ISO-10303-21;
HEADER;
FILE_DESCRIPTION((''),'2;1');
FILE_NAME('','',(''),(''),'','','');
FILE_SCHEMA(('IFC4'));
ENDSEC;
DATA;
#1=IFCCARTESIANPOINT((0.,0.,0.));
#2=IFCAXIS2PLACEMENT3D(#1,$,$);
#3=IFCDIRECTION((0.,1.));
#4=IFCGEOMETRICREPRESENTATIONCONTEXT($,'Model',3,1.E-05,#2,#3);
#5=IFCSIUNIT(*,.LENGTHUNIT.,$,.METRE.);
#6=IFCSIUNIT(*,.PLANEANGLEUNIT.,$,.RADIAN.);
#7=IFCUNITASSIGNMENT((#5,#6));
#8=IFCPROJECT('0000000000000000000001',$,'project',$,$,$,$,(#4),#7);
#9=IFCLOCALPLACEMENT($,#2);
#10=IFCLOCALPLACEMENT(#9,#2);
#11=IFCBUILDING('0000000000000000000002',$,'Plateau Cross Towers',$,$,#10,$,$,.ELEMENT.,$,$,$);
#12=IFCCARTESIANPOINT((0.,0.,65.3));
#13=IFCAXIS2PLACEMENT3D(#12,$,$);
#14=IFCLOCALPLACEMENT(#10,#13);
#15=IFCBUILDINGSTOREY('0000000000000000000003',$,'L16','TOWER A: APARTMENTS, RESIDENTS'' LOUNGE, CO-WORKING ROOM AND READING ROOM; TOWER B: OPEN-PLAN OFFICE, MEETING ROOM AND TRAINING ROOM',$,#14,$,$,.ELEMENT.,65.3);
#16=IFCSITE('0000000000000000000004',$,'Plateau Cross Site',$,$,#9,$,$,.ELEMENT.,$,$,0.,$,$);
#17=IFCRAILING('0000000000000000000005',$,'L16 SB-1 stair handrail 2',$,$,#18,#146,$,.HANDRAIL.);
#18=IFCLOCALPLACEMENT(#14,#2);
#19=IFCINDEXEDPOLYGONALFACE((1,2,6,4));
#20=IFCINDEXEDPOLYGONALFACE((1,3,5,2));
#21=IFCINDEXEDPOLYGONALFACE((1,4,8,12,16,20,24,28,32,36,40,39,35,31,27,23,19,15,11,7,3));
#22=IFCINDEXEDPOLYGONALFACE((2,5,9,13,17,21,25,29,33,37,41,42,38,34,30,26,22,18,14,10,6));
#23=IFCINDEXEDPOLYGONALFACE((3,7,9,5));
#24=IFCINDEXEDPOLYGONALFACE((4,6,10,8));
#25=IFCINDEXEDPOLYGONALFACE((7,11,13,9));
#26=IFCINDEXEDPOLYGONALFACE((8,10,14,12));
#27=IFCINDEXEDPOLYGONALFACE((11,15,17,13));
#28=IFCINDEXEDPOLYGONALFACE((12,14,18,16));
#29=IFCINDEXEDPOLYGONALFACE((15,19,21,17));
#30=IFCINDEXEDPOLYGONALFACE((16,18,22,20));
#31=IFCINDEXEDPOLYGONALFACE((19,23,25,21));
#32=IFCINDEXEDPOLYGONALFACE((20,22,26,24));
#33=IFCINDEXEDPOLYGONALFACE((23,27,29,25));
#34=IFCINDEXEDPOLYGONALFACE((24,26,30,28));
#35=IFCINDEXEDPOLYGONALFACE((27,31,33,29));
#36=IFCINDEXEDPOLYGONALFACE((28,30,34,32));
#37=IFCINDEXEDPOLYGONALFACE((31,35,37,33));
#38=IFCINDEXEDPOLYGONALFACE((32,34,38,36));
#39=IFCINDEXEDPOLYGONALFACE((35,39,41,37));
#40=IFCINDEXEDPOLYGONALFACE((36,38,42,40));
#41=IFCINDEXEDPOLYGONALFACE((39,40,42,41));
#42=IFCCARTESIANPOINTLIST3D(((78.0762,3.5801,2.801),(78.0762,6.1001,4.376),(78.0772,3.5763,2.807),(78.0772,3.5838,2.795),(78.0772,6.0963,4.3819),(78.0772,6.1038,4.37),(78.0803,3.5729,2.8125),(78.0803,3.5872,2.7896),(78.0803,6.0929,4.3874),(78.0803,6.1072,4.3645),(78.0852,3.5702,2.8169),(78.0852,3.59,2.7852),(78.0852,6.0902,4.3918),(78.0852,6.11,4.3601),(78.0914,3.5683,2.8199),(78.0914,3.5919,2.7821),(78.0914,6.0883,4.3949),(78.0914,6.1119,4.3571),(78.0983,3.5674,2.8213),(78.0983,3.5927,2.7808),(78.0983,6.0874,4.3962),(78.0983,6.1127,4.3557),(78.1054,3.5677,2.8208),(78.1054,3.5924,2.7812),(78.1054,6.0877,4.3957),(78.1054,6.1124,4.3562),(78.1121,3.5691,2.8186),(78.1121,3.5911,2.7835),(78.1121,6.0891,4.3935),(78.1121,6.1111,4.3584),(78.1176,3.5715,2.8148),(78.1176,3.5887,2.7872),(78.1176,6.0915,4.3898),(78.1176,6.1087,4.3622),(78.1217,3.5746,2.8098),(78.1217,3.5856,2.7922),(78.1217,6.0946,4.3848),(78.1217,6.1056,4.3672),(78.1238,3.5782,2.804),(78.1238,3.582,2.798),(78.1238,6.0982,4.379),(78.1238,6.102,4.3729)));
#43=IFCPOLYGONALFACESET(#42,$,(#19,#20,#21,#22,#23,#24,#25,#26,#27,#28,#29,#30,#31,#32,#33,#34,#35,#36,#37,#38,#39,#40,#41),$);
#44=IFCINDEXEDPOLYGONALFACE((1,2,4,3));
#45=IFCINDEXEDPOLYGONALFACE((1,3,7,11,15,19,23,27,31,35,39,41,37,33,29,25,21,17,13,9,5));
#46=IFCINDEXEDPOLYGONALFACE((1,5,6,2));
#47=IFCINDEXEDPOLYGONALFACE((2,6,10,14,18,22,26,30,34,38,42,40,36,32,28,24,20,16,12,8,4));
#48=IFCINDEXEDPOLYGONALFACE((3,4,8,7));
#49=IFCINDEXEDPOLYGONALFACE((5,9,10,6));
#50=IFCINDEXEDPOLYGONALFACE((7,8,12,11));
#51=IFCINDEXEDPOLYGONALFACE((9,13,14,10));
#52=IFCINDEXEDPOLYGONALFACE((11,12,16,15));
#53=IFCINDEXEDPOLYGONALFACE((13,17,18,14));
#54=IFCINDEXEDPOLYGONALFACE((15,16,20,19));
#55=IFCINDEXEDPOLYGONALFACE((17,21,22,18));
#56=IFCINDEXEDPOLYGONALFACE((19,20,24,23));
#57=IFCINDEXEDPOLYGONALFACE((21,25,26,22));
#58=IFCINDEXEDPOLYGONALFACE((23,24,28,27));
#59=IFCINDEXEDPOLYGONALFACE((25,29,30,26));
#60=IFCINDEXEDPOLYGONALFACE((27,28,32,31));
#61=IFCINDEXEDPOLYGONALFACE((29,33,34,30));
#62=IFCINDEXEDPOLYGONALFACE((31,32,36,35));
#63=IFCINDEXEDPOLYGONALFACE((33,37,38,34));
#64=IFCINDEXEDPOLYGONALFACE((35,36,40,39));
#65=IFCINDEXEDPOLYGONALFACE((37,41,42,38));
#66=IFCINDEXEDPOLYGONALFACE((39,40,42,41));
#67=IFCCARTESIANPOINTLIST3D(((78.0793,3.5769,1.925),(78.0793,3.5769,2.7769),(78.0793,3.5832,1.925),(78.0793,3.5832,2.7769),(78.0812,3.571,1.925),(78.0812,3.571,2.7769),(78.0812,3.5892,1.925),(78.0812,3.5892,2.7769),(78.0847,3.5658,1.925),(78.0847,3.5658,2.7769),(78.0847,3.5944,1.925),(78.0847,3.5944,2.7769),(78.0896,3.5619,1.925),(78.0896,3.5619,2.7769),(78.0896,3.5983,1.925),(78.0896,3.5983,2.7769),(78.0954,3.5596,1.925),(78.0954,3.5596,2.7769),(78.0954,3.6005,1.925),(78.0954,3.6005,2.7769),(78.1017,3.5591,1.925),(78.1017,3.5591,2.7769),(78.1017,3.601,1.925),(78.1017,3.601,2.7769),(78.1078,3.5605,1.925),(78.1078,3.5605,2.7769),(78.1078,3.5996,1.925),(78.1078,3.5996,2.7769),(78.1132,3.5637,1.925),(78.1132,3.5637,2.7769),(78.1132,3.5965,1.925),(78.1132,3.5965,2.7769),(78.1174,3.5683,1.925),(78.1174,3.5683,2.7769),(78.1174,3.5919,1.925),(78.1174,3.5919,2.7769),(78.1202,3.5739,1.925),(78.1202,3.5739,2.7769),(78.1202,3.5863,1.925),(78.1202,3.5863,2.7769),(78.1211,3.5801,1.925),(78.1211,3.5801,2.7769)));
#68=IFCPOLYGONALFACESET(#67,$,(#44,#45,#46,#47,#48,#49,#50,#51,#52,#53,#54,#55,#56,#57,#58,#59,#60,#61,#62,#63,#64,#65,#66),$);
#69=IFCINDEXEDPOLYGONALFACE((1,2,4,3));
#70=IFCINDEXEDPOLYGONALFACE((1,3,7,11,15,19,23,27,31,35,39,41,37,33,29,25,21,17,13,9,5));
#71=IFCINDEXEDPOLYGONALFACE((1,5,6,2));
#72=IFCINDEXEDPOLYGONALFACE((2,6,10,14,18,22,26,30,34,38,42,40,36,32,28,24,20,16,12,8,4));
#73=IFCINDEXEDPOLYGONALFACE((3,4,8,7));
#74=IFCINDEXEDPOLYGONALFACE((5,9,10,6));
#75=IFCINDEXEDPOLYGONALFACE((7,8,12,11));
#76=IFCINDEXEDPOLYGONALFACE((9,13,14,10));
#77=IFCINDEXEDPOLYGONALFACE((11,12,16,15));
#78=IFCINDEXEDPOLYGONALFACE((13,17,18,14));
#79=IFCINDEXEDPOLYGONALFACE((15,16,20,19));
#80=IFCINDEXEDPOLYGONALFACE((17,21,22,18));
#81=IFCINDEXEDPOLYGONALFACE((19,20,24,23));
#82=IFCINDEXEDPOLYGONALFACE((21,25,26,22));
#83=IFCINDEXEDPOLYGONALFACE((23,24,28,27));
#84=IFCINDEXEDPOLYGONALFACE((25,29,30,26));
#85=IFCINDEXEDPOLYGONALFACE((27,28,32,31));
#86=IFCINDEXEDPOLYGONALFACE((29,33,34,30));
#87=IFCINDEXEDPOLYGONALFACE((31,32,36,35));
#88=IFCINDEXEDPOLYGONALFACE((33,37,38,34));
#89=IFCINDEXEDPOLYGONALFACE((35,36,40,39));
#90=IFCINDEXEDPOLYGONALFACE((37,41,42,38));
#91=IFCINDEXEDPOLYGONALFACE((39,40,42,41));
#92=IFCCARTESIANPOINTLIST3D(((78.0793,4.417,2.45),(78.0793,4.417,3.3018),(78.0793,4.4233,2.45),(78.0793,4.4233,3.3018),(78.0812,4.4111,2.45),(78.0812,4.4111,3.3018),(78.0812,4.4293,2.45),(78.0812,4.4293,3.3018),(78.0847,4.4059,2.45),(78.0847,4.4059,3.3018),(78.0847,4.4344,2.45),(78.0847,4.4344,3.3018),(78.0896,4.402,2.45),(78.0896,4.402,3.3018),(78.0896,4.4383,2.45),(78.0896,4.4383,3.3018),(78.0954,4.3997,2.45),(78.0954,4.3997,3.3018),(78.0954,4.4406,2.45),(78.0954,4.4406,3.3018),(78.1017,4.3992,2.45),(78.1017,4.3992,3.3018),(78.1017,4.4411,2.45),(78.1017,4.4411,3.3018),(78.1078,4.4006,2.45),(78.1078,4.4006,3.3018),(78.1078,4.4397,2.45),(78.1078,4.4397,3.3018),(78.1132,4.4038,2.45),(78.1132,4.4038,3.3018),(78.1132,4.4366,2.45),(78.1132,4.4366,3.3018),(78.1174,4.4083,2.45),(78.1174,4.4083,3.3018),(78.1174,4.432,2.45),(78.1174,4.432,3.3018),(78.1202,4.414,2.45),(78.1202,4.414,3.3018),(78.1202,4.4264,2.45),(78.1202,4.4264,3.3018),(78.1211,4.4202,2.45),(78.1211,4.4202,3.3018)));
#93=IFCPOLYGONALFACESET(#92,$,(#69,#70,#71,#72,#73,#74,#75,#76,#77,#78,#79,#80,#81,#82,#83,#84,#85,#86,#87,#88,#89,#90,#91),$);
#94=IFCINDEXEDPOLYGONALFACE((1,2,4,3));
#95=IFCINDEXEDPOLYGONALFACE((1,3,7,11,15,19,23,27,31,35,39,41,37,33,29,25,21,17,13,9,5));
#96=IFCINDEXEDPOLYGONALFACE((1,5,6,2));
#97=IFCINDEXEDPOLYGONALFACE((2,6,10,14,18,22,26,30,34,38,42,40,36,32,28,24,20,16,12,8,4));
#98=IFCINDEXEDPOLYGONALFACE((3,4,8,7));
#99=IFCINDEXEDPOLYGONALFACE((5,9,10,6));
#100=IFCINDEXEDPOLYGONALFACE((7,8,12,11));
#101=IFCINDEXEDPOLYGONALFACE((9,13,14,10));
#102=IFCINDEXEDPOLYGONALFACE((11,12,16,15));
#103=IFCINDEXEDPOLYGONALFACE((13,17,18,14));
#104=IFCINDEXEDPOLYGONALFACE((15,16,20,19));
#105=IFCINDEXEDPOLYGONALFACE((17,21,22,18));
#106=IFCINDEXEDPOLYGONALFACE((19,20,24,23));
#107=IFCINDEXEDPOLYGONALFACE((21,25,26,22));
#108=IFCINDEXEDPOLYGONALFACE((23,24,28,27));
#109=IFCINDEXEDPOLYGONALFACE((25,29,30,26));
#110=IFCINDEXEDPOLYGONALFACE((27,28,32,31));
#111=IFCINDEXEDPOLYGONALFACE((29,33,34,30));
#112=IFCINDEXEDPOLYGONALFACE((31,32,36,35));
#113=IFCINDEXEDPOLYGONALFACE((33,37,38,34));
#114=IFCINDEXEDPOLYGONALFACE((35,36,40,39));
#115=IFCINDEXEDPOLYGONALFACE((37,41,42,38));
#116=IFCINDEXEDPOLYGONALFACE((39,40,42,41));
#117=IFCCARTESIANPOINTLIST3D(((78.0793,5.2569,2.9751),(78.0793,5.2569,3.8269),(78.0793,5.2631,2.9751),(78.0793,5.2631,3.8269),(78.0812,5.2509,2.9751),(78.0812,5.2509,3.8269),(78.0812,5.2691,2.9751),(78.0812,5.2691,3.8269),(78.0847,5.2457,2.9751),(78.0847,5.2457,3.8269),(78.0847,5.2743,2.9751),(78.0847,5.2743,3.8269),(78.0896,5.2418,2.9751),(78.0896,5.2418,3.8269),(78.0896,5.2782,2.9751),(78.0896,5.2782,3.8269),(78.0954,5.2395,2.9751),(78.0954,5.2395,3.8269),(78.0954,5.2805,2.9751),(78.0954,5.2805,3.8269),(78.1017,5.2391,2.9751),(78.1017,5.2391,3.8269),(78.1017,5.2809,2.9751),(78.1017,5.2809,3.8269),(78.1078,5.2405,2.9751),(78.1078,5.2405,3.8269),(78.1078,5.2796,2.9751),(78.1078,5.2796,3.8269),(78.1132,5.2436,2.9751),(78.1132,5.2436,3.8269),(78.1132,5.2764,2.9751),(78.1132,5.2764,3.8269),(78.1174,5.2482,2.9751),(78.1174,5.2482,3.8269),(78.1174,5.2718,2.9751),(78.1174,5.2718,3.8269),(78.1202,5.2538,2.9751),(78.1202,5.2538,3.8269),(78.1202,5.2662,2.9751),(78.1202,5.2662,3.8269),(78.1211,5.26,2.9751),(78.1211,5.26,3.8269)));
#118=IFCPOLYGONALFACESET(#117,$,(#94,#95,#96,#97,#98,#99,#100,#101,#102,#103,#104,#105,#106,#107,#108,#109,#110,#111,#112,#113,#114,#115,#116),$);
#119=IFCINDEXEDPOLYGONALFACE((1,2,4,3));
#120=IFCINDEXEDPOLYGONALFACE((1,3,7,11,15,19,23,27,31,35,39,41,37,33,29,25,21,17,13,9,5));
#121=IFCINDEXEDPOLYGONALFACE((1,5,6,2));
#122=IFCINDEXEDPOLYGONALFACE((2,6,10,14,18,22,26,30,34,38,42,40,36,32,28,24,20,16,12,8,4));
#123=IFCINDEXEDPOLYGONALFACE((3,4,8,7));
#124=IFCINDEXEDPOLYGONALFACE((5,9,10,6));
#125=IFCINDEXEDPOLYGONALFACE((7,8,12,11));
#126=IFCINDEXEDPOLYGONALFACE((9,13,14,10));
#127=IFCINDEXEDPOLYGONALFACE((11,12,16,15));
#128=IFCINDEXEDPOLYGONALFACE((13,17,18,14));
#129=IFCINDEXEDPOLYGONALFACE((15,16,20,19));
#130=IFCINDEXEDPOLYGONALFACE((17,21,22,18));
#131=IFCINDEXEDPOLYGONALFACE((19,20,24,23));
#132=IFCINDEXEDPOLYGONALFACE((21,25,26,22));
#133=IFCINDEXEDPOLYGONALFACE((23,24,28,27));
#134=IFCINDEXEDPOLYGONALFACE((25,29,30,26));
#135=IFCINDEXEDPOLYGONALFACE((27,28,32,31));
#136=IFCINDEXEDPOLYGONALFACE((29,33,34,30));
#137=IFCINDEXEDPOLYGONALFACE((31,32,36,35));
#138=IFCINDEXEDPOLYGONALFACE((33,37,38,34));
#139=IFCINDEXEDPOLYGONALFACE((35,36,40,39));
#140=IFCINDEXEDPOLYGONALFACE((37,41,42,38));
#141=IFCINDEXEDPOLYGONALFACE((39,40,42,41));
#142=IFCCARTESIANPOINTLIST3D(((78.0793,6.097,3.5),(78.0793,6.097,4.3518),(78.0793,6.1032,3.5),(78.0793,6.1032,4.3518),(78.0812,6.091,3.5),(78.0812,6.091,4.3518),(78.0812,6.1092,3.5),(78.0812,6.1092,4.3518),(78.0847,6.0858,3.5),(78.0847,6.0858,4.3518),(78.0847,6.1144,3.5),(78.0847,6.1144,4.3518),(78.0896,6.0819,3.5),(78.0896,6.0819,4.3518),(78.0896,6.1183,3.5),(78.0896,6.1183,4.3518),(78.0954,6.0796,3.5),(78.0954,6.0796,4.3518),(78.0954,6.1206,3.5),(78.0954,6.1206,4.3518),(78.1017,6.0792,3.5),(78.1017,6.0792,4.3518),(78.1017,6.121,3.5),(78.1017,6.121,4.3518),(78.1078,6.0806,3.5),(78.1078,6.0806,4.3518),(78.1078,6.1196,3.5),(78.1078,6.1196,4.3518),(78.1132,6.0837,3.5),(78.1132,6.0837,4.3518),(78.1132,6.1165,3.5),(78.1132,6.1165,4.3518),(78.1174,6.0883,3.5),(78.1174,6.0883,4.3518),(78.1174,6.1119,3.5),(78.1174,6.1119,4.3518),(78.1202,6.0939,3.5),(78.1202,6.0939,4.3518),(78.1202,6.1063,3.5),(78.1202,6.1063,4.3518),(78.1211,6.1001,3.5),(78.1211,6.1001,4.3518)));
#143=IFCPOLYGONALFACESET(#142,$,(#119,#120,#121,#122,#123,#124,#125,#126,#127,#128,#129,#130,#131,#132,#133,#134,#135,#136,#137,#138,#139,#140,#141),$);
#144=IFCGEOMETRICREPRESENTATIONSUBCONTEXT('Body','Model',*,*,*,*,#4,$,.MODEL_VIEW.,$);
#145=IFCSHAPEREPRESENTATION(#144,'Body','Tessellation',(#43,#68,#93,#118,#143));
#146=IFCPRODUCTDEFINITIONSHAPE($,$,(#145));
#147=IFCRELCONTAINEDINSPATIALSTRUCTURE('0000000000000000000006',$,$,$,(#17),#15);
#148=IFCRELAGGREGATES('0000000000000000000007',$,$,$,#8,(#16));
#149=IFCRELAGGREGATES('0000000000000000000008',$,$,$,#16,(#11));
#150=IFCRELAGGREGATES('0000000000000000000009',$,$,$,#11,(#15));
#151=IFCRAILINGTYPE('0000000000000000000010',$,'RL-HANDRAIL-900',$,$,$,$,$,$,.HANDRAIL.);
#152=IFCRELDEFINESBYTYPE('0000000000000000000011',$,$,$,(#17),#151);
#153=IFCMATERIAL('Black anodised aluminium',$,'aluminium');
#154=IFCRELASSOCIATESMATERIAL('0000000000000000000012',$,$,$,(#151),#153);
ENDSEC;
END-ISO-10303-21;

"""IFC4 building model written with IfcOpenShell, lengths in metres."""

from ifc_helpers import new_model, si_unit, direction, frame, origin, origin_2d, place, context, subcontext, project, spatial, circle, extrude, material, type_object, element, save


model = new_model("IFC4")

# Units and contexts
model_context = context("Model", 3, precision=1e-05, world=origin(), true_north=direction((0.0, 1.0)))
body_context = subcontext(model_context, "Body", "Model", "MODEL_VIEW")
ifc_project = project(units=[si_unit("LENGTHUNIT", "METRE"), si_unit("PLANEANGLEUNIT", "RADIAN")], contexts=[model_context])

# Site, building, storey
site_placement = place(None, origin())
site = spatial("IfcSite", under=ifc_project, at=site_placement, Name="Plateau Cross Site", CompositionType="ELEMENT", RefElevation=0.0)
building_placement = place(site_placement, origin())
building = spatial("IfcBuilding", under=site, at=building_placement, Name="Plateau Cross Towers", CompositionType="ELEMENT")
storey_placement = place(building_placement, frame((0.0, 0.0, 65.3)))
storey = spatial("IfcBuildingStorey", under=building, at=storey_placement, Name="L16", Description="TOWER A: APARTMENTS, RESIDENTS' LOUNGE, CO-WORKING ROOM AND READING ROOM; TOWER B: OPEN-PLAN OFFICE, MEETING ROOM AND TRAINING ROOM", CompositionType="ELEMENT", Elevation=65.3)

# Shared definitions
ifc_material_1 = material(Name="Black anodised aluminium", Category="aluminium")

# Railing
railing_type_1 = type_object("IfcRailingType", Name="RL-HANDRAIL-900", PredefinedType="HANDRAIL", material=ifc_material_1)
railing_1_placement = place(storey_placement, frame((78.1001, 3.5801, 1.925)))
element("IfcRailing", 1, at=railing_1_placement, inside=storey, type_object=railing_type_1, Name="L16 SB-1 stair handrail 2", PredefinedType="HANDRAIL", context=body_context, shape_type="SweptSolid", body=[
    extrude(circle(Radius=0.0239, at=origin_2d()), frame((0.0, 0.0, 0.876), z_axis=(0.0, 0.848008, 0.529984), x_axis=(-1.0, 0.0, 0.0)), (0.0, 0.0, 1.0), 2.9717),
    extrude(circle(Radius=0.021, at=origin_2d()), origin(), (0.0, 0.0, 1.0), 0.8518),
    extrude(circle(Radius=0.021, at=origin_2d()), frame((0.0, 0.8401, 0.5249)), (0.0, 0.0, 1.0), 0.8518),
    extrude(circle(Radius=0.021, at=origin_2d()), frame((0.0, 1.6799, 1.05)), (0.0, 0.0, 1.0), 0.8518),
    extrude(circle(Radius=0.021, at=origin_2d()), frame((0.0, 2.52, 1.575)), (0.0, 0.0, 1.0), 0.8518),
])

save(model, "model.ifc")
